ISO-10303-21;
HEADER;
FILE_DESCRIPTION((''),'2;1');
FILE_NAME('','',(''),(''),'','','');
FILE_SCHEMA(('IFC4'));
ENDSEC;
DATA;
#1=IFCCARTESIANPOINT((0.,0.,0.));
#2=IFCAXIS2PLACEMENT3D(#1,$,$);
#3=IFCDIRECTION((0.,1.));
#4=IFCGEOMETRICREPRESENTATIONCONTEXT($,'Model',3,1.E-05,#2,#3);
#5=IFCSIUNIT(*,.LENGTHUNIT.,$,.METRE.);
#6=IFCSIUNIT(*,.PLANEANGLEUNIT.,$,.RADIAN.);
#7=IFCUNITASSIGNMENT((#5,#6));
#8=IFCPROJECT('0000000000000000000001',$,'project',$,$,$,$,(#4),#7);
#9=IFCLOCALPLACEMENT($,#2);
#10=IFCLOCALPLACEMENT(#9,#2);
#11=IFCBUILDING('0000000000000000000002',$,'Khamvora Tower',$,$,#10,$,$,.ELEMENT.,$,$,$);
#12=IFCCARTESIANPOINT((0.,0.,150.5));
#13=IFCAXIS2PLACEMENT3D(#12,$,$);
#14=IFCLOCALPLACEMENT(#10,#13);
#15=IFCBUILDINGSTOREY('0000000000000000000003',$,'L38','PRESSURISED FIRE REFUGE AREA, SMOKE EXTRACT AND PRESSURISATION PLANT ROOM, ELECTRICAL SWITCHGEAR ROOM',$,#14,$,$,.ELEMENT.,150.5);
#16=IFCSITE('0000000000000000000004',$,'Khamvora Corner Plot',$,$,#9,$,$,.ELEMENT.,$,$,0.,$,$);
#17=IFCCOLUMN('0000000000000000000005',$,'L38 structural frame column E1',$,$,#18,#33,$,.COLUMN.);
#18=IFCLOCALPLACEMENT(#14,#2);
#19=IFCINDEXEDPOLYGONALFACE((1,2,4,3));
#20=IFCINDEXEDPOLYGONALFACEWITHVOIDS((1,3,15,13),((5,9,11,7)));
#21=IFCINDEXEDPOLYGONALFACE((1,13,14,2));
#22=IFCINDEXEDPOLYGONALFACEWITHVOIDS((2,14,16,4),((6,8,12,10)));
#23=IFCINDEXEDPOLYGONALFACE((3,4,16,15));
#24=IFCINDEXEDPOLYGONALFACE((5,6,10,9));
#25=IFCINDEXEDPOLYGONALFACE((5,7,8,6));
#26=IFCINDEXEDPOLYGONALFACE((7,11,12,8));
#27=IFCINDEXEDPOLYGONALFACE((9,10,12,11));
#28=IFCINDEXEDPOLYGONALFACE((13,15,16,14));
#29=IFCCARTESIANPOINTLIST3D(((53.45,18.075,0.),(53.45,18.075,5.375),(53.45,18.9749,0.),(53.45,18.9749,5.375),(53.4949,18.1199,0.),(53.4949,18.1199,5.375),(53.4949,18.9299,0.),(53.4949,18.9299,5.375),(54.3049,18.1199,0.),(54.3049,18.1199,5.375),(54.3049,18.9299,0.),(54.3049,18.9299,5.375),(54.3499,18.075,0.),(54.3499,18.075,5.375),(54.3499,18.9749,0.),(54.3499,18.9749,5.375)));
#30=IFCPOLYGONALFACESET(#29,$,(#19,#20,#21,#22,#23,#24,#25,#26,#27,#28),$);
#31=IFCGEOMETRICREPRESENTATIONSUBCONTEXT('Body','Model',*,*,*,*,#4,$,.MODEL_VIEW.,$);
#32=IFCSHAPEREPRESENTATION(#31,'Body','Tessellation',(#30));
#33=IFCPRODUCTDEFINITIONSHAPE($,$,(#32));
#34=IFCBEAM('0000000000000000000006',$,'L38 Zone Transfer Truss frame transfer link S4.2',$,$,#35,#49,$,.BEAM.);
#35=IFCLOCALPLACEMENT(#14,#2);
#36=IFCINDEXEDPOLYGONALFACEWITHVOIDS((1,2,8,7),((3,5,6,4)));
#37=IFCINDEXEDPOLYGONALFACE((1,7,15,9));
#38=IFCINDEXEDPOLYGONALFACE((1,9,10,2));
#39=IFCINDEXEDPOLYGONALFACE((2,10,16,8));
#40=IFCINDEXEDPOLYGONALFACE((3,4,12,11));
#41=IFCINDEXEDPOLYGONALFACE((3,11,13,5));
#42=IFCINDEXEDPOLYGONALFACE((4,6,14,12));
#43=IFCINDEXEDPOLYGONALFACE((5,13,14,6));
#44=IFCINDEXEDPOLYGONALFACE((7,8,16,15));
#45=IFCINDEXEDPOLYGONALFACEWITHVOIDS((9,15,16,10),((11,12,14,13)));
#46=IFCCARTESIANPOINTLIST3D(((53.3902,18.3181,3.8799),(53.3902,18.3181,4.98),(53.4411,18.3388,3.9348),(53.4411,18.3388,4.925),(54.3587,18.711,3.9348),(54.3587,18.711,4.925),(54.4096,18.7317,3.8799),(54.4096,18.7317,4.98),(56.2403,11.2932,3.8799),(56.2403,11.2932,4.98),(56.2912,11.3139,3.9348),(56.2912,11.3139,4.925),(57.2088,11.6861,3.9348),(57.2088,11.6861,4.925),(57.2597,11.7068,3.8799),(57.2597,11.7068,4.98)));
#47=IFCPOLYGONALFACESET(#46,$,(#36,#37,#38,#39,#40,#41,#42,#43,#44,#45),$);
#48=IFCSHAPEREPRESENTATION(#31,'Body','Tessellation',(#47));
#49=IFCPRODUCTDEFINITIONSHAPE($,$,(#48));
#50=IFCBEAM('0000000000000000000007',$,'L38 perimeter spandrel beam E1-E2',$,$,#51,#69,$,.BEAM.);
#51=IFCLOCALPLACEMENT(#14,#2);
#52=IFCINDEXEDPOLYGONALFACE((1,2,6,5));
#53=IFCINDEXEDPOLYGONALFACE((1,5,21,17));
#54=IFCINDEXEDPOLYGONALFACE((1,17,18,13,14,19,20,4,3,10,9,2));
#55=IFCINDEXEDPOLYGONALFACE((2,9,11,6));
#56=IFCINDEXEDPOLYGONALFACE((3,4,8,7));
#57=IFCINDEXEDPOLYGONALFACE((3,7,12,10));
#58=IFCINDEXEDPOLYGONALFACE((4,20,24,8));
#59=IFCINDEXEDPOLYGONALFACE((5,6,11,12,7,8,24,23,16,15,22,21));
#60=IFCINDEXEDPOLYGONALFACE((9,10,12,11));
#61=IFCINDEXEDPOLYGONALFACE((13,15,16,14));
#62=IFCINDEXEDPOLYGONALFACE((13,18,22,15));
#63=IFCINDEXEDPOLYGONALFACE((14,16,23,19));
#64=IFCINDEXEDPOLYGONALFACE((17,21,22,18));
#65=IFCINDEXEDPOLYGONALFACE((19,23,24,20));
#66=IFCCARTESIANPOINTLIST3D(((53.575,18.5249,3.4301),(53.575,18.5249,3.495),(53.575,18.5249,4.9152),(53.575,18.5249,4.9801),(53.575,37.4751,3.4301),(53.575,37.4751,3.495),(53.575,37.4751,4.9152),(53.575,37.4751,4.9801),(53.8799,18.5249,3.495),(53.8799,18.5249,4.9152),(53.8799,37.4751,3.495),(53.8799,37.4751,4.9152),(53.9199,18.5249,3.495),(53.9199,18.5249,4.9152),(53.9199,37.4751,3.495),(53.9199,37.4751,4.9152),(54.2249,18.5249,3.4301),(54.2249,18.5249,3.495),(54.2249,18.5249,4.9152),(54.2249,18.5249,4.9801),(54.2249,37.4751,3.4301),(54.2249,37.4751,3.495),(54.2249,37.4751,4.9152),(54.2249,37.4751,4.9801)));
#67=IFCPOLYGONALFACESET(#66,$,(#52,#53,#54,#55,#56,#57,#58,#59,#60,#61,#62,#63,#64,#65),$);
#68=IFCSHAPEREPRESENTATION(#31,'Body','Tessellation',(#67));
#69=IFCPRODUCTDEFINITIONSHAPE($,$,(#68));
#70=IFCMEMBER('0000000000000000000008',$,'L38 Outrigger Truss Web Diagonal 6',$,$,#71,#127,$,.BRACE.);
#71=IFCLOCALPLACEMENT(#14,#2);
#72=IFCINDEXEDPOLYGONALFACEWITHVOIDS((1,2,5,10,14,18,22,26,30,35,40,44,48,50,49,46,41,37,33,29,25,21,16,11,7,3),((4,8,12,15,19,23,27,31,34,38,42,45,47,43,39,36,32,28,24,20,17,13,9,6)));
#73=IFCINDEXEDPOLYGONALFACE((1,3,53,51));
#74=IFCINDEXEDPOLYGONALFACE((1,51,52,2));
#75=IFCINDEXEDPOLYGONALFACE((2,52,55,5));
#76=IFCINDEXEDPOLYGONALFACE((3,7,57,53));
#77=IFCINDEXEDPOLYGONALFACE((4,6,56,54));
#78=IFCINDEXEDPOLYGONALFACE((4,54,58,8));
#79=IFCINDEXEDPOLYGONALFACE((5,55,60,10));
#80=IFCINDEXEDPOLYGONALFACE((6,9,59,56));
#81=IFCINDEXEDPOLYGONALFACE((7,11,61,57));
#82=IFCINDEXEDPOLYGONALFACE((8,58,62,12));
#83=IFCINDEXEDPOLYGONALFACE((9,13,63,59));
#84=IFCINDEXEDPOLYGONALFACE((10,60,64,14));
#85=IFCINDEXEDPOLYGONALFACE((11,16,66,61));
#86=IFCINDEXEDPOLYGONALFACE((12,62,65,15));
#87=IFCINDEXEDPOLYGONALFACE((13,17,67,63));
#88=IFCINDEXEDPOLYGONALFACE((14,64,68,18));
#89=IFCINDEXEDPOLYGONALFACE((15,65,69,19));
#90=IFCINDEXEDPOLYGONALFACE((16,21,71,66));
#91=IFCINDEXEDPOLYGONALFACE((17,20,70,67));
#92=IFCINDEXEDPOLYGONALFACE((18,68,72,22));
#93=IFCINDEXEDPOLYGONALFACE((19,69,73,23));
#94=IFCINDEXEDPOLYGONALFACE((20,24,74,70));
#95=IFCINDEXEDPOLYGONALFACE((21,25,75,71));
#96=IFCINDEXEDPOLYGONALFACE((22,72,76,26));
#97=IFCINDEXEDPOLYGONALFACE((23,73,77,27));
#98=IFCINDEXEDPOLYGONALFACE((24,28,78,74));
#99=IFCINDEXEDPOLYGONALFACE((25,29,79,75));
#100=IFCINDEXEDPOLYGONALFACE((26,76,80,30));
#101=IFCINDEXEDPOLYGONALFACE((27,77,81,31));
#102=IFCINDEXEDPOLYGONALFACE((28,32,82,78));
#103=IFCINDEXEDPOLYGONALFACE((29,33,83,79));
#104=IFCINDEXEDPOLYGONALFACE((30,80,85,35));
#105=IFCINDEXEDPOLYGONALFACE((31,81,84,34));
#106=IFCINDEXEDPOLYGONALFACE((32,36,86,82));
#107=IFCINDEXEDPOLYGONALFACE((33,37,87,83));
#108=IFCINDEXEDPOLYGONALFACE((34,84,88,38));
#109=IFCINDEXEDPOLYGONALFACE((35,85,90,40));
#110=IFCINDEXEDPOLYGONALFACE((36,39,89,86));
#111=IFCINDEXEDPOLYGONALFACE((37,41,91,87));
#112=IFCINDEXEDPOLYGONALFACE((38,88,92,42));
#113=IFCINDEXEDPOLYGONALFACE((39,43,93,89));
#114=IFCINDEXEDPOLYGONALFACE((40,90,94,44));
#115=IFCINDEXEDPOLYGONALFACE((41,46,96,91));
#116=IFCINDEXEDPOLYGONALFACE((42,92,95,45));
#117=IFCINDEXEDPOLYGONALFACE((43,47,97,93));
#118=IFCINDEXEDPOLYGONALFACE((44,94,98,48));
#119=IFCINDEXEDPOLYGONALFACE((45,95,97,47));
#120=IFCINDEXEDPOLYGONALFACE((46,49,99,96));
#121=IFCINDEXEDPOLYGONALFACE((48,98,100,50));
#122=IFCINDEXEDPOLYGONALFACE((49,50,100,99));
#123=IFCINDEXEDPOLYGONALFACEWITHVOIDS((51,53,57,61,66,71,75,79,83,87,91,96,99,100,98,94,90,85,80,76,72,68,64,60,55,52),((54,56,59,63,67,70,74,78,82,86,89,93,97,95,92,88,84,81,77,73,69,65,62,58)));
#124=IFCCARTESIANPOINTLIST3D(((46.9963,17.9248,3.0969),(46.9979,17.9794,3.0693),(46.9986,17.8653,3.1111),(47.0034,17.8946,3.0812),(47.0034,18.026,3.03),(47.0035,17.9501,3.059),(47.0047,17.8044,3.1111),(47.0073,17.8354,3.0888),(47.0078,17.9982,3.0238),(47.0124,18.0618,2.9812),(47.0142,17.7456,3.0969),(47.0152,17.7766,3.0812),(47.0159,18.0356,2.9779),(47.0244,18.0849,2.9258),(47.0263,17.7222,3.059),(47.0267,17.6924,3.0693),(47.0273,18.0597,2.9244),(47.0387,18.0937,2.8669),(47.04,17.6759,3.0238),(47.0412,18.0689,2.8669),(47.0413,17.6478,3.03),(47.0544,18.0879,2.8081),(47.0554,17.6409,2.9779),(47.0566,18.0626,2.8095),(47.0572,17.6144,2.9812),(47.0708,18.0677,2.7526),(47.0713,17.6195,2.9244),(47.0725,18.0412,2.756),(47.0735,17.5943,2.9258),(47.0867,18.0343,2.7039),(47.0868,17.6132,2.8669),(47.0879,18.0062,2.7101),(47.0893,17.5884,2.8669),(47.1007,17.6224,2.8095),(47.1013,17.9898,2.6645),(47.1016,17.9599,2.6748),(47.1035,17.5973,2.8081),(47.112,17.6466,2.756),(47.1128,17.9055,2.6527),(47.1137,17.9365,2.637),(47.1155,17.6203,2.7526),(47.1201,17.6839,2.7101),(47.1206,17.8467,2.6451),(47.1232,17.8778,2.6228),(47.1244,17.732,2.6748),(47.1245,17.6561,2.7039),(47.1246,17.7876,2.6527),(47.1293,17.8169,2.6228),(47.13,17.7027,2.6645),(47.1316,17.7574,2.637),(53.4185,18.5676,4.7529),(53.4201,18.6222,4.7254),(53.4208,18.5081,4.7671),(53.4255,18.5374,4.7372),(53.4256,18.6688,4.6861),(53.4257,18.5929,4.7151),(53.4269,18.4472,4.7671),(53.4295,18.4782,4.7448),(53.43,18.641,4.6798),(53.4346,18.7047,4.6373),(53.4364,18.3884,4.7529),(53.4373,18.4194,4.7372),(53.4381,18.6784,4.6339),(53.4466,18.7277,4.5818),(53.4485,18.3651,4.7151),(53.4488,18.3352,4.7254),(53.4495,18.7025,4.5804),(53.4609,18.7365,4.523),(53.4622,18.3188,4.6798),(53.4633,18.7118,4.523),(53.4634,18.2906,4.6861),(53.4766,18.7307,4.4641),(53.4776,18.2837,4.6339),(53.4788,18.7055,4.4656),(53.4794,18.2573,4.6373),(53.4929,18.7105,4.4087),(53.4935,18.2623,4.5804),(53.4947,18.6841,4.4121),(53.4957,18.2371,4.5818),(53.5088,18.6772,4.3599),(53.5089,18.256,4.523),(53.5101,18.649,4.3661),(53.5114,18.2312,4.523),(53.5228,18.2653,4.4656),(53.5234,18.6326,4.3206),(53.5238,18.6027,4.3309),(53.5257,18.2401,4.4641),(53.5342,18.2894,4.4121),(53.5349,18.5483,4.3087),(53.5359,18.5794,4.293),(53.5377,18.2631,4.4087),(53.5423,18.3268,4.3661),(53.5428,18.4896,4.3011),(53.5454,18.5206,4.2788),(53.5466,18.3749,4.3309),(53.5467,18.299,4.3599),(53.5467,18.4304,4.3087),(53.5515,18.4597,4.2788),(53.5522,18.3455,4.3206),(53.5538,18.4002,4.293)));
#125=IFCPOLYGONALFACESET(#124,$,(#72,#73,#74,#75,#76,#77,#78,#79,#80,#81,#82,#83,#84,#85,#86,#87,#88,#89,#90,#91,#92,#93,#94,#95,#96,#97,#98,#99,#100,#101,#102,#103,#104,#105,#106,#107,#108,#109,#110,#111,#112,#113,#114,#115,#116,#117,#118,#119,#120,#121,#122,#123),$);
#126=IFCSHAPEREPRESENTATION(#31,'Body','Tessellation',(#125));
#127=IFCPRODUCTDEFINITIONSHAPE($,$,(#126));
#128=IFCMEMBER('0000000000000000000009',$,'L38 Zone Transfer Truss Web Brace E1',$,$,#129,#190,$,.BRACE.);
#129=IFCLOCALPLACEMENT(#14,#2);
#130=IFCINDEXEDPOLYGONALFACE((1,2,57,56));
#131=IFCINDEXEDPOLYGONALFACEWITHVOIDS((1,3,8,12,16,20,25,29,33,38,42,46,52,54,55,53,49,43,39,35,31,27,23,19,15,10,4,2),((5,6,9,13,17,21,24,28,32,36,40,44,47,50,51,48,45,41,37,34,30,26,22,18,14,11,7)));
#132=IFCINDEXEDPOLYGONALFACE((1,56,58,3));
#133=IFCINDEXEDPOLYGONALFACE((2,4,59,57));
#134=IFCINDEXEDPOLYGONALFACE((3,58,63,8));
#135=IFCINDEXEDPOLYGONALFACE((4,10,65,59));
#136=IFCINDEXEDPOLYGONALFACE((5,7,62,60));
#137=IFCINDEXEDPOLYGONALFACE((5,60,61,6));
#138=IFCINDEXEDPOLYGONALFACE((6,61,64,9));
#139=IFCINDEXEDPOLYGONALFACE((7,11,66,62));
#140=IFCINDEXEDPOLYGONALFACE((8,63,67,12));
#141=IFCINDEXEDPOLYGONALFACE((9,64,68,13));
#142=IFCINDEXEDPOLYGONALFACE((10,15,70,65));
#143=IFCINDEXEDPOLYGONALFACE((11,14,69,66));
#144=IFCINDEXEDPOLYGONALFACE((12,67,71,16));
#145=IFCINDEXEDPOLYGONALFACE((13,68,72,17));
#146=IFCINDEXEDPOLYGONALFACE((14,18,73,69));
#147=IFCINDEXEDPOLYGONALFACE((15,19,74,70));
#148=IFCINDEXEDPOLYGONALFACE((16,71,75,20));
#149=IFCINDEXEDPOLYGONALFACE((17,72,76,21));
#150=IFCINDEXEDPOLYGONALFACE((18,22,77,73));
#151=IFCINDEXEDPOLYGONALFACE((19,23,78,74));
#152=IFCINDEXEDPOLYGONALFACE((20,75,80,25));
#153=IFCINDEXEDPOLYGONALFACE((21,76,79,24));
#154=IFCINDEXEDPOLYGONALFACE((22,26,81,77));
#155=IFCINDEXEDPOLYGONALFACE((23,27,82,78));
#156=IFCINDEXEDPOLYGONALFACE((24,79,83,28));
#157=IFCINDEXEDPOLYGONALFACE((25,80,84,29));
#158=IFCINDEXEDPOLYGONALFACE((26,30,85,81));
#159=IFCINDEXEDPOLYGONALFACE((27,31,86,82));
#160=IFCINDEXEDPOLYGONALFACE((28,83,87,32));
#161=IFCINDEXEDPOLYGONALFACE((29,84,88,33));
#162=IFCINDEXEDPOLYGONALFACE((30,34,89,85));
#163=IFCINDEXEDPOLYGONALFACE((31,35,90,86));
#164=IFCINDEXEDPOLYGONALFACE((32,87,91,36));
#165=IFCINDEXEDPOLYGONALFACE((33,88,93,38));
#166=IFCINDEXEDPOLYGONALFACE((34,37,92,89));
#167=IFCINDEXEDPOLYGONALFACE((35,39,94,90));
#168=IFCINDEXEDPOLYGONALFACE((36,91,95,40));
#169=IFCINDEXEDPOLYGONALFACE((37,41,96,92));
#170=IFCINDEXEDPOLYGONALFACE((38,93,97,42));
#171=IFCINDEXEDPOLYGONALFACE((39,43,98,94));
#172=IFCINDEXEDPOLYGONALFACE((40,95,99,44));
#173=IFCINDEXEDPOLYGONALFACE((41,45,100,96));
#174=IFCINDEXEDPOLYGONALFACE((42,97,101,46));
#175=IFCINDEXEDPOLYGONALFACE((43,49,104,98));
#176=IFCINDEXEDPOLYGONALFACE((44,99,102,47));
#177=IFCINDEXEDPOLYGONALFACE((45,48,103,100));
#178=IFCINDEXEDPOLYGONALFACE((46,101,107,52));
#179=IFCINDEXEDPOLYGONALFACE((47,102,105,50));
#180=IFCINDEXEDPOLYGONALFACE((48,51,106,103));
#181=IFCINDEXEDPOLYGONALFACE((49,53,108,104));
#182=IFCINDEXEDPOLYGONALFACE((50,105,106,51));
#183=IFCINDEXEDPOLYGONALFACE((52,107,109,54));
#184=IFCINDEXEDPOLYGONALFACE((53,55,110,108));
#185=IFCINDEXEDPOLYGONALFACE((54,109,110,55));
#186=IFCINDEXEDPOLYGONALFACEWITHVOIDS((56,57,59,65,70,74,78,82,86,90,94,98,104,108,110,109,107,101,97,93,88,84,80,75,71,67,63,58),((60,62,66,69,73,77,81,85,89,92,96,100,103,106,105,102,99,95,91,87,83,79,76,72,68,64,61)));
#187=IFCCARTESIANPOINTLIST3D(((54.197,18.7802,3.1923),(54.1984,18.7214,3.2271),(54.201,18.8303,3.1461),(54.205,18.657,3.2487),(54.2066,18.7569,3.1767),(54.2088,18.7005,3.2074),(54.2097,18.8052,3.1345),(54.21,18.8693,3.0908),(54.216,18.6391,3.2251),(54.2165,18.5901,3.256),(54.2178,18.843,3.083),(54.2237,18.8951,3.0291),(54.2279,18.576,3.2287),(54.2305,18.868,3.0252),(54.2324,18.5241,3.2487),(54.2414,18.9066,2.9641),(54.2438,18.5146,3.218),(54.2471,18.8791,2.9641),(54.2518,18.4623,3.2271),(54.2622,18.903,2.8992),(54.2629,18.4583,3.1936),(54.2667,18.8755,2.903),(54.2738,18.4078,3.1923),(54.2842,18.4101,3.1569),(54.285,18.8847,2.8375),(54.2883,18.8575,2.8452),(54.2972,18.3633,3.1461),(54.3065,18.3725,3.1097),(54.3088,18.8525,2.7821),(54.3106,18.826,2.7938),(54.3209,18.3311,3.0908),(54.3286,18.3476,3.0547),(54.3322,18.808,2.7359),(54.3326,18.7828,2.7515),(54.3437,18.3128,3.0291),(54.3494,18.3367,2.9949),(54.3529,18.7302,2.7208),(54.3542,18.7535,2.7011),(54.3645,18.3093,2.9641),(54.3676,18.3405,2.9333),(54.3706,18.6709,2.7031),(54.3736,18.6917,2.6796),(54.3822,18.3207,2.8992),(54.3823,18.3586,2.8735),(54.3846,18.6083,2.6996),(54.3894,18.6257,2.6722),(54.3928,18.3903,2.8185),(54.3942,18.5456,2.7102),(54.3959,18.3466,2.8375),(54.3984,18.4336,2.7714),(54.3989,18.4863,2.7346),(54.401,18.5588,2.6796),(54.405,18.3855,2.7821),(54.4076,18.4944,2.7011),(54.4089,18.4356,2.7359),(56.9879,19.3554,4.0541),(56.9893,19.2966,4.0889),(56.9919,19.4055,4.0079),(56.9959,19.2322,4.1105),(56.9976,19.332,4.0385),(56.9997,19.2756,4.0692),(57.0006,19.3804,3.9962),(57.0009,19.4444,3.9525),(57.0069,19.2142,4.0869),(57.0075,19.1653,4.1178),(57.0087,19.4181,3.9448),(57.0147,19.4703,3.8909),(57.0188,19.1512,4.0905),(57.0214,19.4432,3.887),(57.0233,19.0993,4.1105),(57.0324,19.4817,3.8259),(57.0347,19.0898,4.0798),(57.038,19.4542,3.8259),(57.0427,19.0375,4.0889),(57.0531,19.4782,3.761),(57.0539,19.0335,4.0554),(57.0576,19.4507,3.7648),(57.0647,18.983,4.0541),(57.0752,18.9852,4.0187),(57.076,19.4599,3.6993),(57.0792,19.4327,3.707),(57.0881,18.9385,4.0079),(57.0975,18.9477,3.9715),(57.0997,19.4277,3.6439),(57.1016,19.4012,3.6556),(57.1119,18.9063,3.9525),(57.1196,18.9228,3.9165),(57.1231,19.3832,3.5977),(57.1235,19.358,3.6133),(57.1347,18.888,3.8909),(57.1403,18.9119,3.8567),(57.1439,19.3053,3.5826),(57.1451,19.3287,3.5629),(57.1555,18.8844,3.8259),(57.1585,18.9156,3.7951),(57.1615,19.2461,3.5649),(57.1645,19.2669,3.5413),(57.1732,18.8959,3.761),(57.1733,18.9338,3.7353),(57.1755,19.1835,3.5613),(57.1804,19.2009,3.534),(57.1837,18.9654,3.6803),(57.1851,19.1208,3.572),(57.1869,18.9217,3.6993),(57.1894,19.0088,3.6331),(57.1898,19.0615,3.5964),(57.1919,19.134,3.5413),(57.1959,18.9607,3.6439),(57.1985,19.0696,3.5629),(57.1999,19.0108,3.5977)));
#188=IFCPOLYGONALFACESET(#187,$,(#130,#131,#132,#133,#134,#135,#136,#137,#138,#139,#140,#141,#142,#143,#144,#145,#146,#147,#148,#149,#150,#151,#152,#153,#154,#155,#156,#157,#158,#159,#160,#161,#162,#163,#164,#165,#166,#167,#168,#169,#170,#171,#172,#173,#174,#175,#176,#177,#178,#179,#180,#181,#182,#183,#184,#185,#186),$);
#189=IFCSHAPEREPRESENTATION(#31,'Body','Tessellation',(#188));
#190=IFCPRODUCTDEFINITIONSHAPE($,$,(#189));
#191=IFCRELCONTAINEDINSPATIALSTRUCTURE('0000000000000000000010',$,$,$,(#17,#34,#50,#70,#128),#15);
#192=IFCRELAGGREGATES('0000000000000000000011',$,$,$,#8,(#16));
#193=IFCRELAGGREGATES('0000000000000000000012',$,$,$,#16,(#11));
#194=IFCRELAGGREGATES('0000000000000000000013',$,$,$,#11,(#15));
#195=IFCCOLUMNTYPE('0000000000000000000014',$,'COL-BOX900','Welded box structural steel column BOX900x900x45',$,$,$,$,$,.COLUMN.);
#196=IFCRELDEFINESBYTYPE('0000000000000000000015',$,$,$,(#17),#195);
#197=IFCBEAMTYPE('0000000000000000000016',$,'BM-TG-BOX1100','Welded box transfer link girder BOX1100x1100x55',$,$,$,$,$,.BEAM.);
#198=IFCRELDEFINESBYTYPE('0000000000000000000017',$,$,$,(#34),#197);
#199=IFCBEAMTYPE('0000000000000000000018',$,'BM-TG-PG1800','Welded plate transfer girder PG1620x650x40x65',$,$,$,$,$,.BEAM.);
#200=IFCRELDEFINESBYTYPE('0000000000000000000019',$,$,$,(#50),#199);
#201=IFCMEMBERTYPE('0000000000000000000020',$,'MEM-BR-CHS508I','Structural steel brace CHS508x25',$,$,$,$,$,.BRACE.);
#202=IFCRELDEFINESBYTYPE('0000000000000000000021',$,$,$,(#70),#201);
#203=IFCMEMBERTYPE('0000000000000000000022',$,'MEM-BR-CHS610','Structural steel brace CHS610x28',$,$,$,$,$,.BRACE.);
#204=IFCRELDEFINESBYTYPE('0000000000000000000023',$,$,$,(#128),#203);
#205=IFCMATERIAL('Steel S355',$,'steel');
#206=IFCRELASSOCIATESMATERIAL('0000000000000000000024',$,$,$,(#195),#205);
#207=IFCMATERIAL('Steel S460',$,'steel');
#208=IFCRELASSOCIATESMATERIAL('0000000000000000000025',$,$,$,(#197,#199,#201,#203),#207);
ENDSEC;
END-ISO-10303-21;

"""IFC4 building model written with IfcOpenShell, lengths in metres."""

from ifc_helpers import new_model, si_unit, direction, frame, origin, origin_2d, place, context, subcontext, project, spatial, hollow_rectangle, hollow_circle, i_section, extrude, material, material_profile, profile_set, type_object, element, save


model = new_model("IFC4")

# Units and contexts
model_context = context("Model", 3, precision=1e-05, world=origin(), true_north=direction((0.0, 1.0)))
body_context = subcontext(model_context, "Body", "Model", "MODEL_VIEW")
ifc_project = project(units=[si_unit("LENGTHUNIT", "METRE"), si_unit("PLANEANGLEUNIT", "RADIAN")], contexts=[model_context])

# Site, building, storey
site_placement = place(None, origin())
site = spatial("IfcSite", under=ifc_project, at=site_placement, Name="Khamvora Corner Plot", CompositionType="ELEMENT", RefElevation=0.0)
building_placement = place(site_placement, origin())
building = spatial("IfcBuilding", under=site, at=building_placement, Name="Khamvora Tower", CompositionType="ELEMENT")
storey_placement = place(building_placement, frame((0.0, 0.0, 150.5)))
storey = spatial("IfcBuildingStorey", under=building, at=storey_placement, Name="L38", Description="PRESSURISED FIRE REFUGE AREA, SMOKE EXTRACT AND PRESSURISATION PLANT ROOM, ELECTRICAL SWITCHGEAR ROOM", CompositionType="ELEMENT", Elevation=150.5)

# Column
ifc_material_1 = material(Name="Steel S355", Category="steel")
ifc_material_profile_1 = material_profile(ifc_material_1, hollow_rectangle(XDim=0.8999, YDim=0.8999, WallThickness=0.0449, at=origin_2d()), Name="BOX900x900x45")
ifc_profile_set_1 = profile_set([ifc_material_profile_1], Name="Steel S355")
column_type = type_object("IfcColumnType", Name="COL-BOX900", Description="Welded box structural steel column BOX900x900x45", PredefinedType="COLUMN", material=ifc_profile_set_1)
column_placement = place(storey_placement, frame((53.8999, 18.5249, 0.0), z_axis=(0.0, 0.0, 1.0), x_axis=(1.0, 0.0, 0.0)))
element("IfcColumn", 1, at=column_placement, inside=storey, type_object=column_type, Name="L38 structural frame column E1", PredefinedType="COLUMN", context=body_context, shape_type="SweptSolid", body=[
    extrude(hollow_rectangle(XDim=0.8999, YDim=0.8999, WallThickness=0.0449, at=origin_2d()), origin(), (0.0, 0.0, 1.0), 5.375),
])

# Beams
ifc_material_2 = material(Name="Steel S460", Category="steel")
ifc_material_profile_2 = material_profile(ifc_material_2, hollow_rectangle(XDim=1.1001, YDim=1.1001, WallThickness=0.0549, at=origin_2d()), Name="BOX1100x1100x55")
ifc_profile_set_2 = profile_set([ifc_material_profile_2], Name="Steel S460")
beam_type_1 = type_object("IfcBeamType", Name="BM-TG-BOX1100", Description="Welded box transfer link girder BOX1100x1100x55", PredefinedType="BEAM", material=ifc_profile_set_2)
beam_1_placement = place(storey_placement, frame((53.8999, 18.5249, 4.4299), z_axis=(0.37595, -0.92664, 0.0), x_axis=(0.92664, 0.37595, 0.0)))
element("IfcBeam", 2, at=beam_1_placement, inside=storey, type_object=beam_type_1, Name="L38 Zone Transfer Truss frame transfer link S4.2", PredefinedType="BEAM", context=body_context, shape_type="SweptSolid", body=[
    extrude(hollow_rectangle(XDim=1.1001, YDim=1.1001, WallThickness=0.0549, at=origin_2d()), origin(), (0.0, 0.0, 1.0), 7.5811),
])
ifc_material_profile_3 = material_profile(ifc_material_2, i_section(OverallWidth=0.6499, OverallDepth=1.55, WebThickness=0.04, FlangeThickness=0.0649, at=origin_2d()), Name="PG1550x650x40x65")
ifc_profile_set_3 = profile_set([ifc_material_profile_3], Name="Steel S460")
beam_type_2 = type_object("IfcBeamType", Name="BM-TG-PG1800", Description="Welded plate transfer girder PG1620x650x40x65", PredefinedType="BEAM", material=ifc_profile_set_3)
beam_2_placement = place(storey_placement, frame((53.8999, 18.5249, 4.2051), z_axis=(0.0, 1.0, 0.0), x_axis=(-1.0, 0.0, 0.0)))
element("IfcBeam", 3, at=beam_2_placement, inside=storey, type_object=beam_type_2, Name="L38 perimeter spandrel beam E1-E2", PredefinedType="BEAM", context=body_context, shape_type="SweptSolid", body=[
    extrude(i_section(OverallWidth=0.6499, OverallDepth=1.55, WebThickness=0.04, FlangeThickness=0.0649, at=origin_2d()), origin(), (0.0, 0.0, 1.0), 18.9502),
])

# Members
ifc_material_profile_4 = material_profile(ifc_material_2, hollow_circle(Radius=0.2539, WallThickness=0.0249, at=origin_2d()), Name="CHS508x25")
ifc_profile_set_4 = profile_set([ifc_material_profile_4], Name="Steel S460")
member_type_1 = type_object("IfcMemberType", Name="MEM-BR-CHS508I", Description="Structural steel brace CHS508x25", PredefinedType="BRACE", material=ifc_profile_set_4)
member_1_placement = place(storey_placement, frame((47.064, 17.8411, 2.8669), z_axis=(0.963809, 0.096472, 0.248527), x_axis=(-0.099597, 0.995028, 0.0)))
element("IfcMember", 4, at=member_1_placement, inside=storey, type_object=member_type_1, Name="L38 Outrigger Truss Web Diagonal 6", PredefinedType="BRACE", context=body_context, shape_type="SweptSolid", body=[
    extrude(hollow_circle(Radius=0.2539, WallThickness=0.0249, at=origin_2d()), origin(), (0.0, 0.0, 1.0), 6.6633),
])
ifc_material_profile_5 = material_profile(ifc_material_2, hollow_circle(Radius=0.3049, WallThickness=0.0281, at=origin_2d()), Name="CHS610x28")
ifc_profile_set_5 = profile_set([ifc_material_profile_5], Name="Steel S460")
member_type_2 = type_object("IfcMemberType", Name="MEM-BR-CHS610", Description="Structural steel brace CHS610x28", PredefinedType="BRACE", material=ifc_profile_set_5)
member_2_placement = place(storey_placement, frame((54.303, 18.6079, 2.9641), z_axis=(0.937483, 0.193204, 0.289478), x_axis=(-0.201846, 0.979417, 0.0)))
element("IfcMember", 5, at=member_2_placement, inside=storey, type_object=member_type_2, Name="L38 Zone Transfer Truss Web Brace E1", PredefinedType="BRACE", context=body_context, shape_type="SweptSolid", body=[
    extrude(hollow_circle(Radius=0.3049, WallThickness=0.0281, at=origin_2d()), origin(), (0.0, 0.0, 1.0), 2.9771),
])

save(model, "model.ifc")
